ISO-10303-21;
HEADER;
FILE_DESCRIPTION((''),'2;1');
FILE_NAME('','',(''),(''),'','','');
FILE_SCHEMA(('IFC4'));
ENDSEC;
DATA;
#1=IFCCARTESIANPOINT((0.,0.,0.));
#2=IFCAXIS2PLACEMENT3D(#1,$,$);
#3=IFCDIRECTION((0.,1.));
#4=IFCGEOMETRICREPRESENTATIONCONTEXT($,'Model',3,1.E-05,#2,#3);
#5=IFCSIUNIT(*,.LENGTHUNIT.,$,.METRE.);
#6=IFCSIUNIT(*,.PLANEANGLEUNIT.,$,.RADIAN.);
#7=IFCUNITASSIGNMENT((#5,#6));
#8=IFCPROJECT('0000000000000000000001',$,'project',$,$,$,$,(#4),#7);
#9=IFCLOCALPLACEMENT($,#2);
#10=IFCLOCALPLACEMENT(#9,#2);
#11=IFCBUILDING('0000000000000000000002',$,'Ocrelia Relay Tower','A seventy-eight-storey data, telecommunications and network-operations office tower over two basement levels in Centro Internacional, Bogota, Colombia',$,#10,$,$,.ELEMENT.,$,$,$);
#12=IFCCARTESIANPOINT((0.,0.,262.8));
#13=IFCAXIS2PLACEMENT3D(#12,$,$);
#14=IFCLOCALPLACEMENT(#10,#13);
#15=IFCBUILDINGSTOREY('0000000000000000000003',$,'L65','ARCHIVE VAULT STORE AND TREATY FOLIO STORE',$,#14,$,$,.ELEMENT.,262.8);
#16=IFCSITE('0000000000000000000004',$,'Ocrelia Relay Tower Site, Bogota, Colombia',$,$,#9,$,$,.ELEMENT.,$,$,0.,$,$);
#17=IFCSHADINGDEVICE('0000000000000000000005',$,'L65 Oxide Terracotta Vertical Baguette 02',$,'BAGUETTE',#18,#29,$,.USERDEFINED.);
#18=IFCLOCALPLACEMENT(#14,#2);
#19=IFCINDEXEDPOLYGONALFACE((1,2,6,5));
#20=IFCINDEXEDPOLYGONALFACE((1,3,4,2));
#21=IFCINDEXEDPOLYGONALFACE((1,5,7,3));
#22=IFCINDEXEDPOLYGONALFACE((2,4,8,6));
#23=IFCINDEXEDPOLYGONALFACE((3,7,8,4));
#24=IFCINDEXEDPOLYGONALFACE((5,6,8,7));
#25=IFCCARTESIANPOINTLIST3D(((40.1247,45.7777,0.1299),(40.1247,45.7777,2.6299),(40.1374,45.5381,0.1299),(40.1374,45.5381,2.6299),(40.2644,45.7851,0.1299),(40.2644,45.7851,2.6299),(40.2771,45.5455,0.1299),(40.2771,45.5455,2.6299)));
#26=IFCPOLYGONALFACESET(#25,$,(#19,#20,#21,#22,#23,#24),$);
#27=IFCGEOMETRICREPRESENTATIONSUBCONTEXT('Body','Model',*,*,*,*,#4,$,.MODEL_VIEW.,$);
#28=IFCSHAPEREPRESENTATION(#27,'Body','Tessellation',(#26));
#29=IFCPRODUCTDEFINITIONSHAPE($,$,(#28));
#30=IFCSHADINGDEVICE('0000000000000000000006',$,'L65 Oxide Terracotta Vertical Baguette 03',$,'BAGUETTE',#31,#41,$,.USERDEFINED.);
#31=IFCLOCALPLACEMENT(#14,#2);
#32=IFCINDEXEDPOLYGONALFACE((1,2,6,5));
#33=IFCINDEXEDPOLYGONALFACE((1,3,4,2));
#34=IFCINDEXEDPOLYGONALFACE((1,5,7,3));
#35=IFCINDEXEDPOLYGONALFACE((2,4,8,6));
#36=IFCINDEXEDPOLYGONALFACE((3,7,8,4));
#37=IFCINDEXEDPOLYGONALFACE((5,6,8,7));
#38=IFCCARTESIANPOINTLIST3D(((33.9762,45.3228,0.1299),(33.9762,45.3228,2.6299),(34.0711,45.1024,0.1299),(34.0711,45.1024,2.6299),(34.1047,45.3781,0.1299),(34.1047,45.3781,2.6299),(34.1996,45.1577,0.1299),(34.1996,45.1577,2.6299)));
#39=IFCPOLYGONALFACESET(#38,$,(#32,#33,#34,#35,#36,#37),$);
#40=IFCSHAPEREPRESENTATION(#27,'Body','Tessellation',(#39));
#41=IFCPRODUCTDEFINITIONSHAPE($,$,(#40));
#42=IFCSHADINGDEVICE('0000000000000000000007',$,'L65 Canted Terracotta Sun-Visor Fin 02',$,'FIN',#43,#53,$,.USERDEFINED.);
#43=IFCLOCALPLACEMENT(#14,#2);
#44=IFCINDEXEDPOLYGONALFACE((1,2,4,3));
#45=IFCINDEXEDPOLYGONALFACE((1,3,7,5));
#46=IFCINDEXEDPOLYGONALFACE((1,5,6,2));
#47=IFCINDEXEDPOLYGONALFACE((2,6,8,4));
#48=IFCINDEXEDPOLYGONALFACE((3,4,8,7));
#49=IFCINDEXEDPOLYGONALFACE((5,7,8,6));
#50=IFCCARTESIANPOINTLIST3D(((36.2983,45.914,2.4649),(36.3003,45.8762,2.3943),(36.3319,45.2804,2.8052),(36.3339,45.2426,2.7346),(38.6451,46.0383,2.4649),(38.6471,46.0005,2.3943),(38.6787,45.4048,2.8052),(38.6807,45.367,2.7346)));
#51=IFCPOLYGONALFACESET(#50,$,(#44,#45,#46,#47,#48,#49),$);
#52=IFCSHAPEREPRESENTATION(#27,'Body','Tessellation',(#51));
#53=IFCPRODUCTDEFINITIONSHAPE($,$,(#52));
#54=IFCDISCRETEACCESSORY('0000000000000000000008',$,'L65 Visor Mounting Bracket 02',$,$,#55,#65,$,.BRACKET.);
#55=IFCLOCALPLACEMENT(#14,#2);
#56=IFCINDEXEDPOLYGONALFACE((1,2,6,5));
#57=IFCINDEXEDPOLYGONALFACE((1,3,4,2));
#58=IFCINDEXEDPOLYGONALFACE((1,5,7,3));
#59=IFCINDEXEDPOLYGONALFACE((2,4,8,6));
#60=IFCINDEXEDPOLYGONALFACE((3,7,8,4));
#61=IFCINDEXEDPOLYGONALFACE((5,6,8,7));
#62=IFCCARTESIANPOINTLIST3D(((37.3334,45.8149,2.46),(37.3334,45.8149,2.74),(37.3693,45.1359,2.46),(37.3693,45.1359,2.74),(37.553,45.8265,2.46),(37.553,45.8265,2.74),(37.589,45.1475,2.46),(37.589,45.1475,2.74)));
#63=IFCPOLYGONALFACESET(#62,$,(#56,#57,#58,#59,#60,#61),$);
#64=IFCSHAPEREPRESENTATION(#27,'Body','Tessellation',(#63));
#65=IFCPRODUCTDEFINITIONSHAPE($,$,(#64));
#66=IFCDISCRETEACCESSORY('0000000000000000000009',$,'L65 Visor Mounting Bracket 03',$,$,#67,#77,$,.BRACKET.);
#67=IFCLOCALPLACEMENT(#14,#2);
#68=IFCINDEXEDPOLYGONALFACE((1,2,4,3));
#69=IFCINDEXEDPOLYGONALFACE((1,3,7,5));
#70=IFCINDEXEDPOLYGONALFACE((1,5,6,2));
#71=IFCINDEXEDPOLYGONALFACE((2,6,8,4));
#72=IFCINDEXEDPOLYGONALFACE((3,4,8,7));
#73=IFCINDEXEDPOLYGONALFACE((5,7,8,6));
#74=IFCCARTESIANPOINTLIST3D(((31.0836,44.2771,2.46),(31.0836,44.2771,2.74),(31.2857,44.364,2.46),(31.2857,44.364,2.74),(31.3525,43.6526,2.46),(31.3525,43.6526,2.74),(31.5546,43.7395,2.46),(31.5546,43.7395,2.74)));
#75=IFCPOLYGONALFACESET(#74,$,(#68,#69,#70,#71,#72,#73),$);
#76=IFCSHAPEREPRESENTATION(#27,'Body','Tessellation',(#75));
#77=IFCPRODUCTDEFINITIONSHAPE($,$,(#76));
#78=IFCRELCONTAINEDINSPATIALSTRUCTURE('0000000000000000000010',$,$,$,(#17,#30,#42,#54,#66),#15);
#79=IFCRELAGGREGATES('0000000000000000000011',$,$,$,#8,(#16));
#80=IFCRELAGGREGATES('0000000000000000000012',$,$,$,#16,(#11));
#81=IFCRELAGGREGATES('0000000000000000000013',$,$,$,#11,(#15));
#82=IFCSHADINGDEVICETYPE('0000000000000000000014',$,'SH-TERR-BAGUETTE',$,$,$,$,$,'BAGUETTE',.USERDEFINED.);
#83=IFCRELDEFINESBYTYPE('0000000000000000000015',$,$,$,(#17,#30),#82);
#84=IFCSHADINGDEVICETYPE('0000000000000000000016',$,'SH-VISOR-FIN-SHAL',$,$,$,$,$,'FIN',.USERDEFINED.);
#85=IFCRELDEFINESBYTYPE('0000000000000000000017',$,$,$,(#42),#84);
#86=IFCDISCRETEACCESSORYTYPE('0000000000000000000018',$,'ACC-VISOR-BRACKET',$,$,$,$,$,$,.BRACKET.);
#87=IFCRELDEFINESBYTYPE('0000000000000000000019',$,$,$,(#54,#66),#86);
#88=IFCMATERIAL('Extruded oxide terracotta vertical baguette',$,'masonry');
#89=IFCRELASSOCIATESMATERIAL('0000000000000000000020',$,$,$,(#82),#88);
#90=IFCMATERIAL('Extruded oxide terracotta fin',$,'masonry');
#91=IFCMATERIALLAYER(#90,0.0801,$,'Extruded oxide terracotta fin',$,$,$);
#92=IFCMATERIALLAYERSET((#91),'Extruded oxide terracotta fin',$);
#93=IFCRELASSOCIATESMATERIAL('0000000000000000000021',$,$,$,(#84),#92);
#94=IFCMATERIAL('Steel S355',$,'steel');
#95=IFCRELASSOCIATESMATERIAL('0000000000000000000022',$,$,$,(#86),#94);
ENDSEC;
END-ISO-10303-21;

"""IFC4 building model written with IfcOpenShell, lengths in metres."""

from ifc_helpers import new_model, si_unit, direction, frame, origin, origin_2d, place, context, subcontext, project, spatial, rectangle, extrude, material, layer, layer_set, type_object, element, save


model = new_model("IFC4")

# Units and contexts
model_context = context("Model", 3, precision=1e-05, world=origin(), true_north=direction((0.0, 1.0)))
body_context = subcontext(model_context, "Body", "Model", "MODEL_VIEW")
ifc_project = project(units=[si_unit("LENGTHUNIT", "METRE"), si_unit("PLANEANGLEUNIT", "RADIAN")], contexts=[model_context])

# Site, building, storey
site_placement = place(None, origin())
site = spatial("IfcSite", under=ifc_project, at=site_placement, Name="Ocrelia Relay Tower Site, Bogota, Colombia", CompositionType="ELEMENT", RefElevation=0.0)
building_placement = place(site_placement, origin())
building = spatial("IfcBuilding", under=site, at=building_placement, Name="Ocrelia Relay Tower", Description="A seventy-eight-storey data, telecommunications and network-operations office tower over two basement levels in Centro Internacional, Bogota, Colombia", CompositionType="ELEMENT")
storey_placement = place(building_placement, frame((0.0, 0.0, 262.8)))
storey = spatial("IfcBuildingStorey", under=building, at=storey_placement, Name="L65", Description="ARCHIVE VAULT STORE AND TREATY FOLIO STORE", CompositionType="ELEMENT", Elevation=262.8)

# Shared definitions
ifc_material_1 = material(Name="Steel S355", Category="steel")

# Shading devices
ifc_material_2 = material(Name="Extruded oxide terracotta vertical baguette", Category="masonry")
shading_device_type_1 = type_object("IfcShadingDeviceType", Name="SH-TERR-BAGUETTE", ElementType="BAGUETTE", PredefinedType="USERDEFINED", material=ifc_material_2)
for number, where, z_axis, x_axis, name in (
    (1, (40.2009, 45.6616, 0.1299), (0.0, 0.0, 1.0), (-0.9986, -0.052904, 0.0), "L65 Oxide Terracotta Vertical Baguette 02"),
    (2, (34.0879, 45.2402, 0.1299), (0.0, 0.0, 1.0), (-0.918477, -0.395474, 0.0), "L65 Oxide Terracotta Vertical Baguette 03"),
):
    element("IfcShadingDevice", number, at=place(storey_placement, frame(where, z_axis=z_axis, x_axis=x_axis)), inside=storey, type_object=shading_device_type_1, Name=name, ObjectType="BAGUETTE", PredefinedType="USERDEFINED", context=body_context, shape_type="SweptSolid", body=[
        extrude(rectangle(XDim=0.1399, YDim=0.24, at=origin_2d()), origin(), (0.0, 0.0, 1.0), 2.5),
    ])
ifc_material_3 = material(Name="Extruded oxide terracotta fin", Category="masonry")
ifc_layer_1 = layer(ifc_material_3, 0.0801, Name="Extruded oxide terracotta fin")
ifc_layer_set_1 = layer_set([ifc_layer_1], Name="Extruded oxide terracotta fin")
shading_device_type_2 = type_object("IfcShadingDeviceType", Name="SH-VISOR-FIN-SHAL", ElementType="FIN", PredefinedType="USERDEFINED", material=ifc_layer_set_1)
shading_device_placement = place(storey_placement, frame((37.4905, 45.6216, 2.5645), z_axis=(-0.025008, 0.472043, 0.881221), x_axis=(-0.9986, -0.052904, 0.0)))
element("IfcShadingDevice", 3, at=shading_device_placement, inside=storey, type_object=shading_device_type_2, Name="L65 Canted Terracotta Sun-Visor Fin 02", ObjectType="FIN", PredefinedType="USERDEFINED", context=body_context, shape_type="SweptSolid", body=[
    extrude(rectangle(XDim=2.3501, YDim=0.72, at=origin_2d()), origin(), (0.0, 0.0, 1.0), 0.0801),
])

# Discrete accessories
discrete_accessory_type = type_object("IfcDiscreteAccessoryType", Name="ACC-VISOR-BRACKET", PredefinedType="BRACKET", material=ifc_material_1)
for number, where, z_axis, x_axis, name in (
    (4, (37.4612, 45.4812, 2.46), (0.0, 0.0, 1.0), (-0.9986, -0.052904, 0.0), "L65 Visor Mounting Bracket 02"),
    (5, (31.3191, 44.0083, 2.46), (0.0, 0.0, 1.0), (-0.918477, -0.395474, 0.0), "L65 Visor Mounting Bracket 03"),
):
    element("IfcDiscreteAccessory", number, at=place(storey_placement, frame(where, z_axis=z_axis, x_axis=x_axis)), inside=storey, type_object=discrete_accessory_type, Name=name, PredefinedType="BRACKET", context=body_context, shape_type="SweptSolid", body=[
        extrude(rectangle(XDim=0.22, YDim=0.6799, at=origin_2d()), origin(), (0.0, 0.0, 1.0), 0.28),
    ])

save(model, "model.ifc")
